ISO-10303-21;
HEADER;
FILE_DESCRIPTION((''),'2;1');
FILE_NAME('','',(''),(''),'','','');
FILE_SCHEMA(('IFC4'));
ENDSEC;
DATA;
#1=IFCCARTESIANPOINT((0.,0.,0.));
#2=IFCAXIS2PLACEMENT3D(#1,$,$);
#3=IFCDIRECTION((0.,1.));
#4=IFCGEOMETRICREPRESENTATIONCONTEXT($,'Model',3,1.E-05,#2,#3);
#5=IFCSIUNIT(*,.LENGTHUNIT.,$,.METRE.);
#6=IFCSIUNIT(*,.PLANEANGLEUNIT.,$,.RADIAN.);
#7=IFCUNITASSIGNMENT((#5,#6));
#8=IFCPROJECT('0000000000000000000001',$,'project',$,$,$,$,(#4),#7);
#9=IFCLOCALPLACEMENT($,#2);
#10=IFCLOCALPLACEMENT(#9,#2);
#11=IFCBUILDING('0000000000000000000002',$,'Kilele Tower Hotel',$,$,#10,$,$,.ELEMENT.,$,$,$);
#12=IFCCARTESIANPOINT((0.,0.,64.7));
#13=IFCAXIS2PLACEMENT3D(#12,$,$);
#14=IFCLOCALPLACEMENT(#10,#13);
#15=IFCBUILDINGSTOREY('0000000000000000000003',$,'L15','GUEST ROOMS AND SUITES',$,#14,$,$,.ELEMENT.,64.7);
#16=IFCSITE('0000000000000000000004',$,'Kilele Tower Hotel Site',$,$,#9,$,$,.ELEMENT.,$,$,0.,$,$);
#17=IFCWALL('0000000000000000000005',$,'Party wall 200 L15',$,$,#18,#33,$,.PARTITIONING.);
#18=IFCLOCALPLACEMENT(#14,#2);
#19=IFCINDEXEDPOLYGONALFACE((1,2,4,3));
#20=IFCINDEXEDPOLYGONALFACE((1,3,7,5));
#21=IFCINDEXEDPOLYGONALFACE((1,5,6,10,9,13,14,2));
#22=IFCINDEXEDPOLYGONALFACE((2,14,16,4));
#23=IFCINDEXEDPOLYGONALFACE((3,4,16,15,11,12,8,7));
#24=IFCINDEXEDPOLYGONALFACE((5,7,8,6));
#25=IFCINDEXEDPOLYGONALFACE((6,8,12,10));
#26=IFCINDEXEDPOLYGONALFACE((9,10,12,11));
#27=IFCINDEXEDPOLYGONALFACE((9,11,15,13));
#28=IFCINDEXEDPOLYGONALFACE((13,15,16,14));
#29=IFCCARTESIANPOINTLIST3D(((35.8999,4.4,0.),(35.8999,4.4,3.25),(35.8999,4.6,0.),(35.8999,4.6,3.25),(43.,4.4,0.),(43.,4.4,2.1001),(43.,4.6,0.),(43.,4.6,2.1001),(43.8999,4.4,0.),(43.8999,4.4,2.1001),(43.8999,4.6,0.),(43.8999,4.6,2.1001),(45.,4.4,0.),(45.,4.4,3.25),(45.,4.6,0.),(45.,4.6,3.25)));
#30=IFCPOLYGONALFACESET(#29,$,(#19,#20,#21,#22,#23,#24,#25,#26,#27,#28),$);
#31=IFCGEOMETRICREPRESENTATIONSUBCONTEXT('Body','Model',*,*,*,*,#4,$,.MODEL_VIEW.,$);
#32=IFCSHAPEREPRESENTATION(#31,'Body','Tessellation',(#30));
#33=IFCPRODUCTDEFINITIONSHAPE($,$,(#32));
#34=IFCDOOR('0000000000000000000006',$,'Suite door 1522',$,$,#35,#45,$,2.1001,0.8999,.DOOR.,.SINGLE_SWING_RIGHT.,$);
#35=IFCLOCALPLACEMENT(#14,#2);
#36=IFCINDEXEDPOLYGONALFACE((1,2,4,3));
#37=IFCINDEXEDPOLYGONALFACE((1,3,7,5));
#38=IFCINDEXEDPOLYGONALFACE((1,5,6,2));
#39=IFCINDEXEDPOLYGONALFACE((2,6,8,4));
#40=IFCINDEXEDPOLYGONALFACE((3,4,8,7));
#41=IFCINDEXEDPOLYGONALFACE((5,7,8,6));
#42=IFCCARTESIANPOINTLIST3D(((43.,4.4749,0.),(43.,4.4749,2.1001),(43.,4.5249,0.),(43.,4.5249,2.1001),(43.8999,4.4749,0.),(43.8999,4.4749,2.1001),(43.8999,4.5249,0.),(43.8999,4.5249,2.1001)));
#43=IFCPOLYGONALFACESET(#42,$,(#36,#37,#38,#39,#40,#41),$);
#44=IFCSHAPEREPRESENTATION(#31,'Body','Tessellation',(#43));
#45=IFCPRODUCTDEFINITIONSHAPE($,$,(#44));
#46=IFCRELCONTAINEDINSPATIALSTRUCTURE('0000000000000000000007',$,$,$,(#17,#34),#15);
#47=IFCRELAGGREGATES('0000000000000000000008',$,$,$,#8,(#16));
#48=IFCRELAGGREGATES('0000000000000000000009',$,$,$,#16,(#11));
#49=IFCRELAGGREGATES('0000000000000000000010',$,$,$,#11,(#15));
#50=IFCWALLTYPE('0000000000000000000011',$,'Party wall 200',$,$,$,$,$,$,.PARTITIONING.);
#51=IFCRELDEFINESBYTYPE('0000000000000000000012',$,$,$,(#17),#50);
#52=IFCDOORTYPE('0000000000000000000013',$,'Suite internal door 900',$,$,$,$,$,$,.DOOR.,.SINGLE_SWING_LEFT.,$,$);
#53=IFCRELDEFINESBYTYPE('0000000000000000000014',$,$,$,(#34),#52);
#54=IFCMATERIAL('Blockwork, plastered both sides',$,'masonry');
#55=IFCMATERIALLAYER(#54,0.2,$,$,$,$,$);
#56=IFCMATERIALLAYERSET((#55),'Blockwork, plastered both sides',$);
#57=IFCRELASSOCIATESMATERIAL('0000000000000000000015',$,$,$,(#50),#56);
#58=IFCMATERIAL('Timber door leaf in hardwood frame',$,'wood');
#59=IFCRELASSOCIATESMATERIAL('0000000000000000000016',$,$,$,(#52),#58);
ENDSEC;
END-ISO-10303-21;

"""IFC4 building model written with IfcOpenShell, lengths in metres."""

from ifc_helpers import new_model, si_unit, direction, frame, frame_2d, origin, place, context, subcontext, project, spatial, rectangle, extrude, material, layer, layer_set, type_object, element, fill, save


model = new_model("IFC4")

# Units and contexts
model_context = context("Model", 3, precision=1e-05, world=origin(), true_north=direction((0.0, 1.0)))
body_context = subcontext(model_context, "Body", "Model", "MODEL_VIEW")
ifc_project = project(units=[si_unit("LENGTHUNIT", "METRE"), si_unit("PLANEANGLEUNIT", "RADIAN")], contexts=[model_context])

# Site, building, storey
site_placement = place(None, origin())
site = spatial("IfcSite", under=ifc_project, at=site_placement, Name="Kilele Tower Hotel Site", CompositionType="ELEMENT", RefElevation=0.0)
building_placement = place(site_placement, origin())
building = spatial("IfcBuilding", under=site, at=building_placement, Name="Kilele Tower Hotel", CompositionType="ELEMENT")
storey_placement = place(building_placement, frame((0.0, 0.0, 64.7)))
storey = spatial("IfcBuildingStorey", under=building, at=storey_placement, Name="L15", Description="GUEST ROOMS AND SUITES", CompositionType="ELEMENT", Elevation=64.7)

# Wall, opening, door
ifc_material_1 = material(Name="Blockwork, plastered both sides", Category="masonry")
ifc_layer_1 = layer(ifc_material_1, 0.2)
ifc_layer_set_1 = layer_set([ifc_layer_1], Name="Blockwork, plastered both sides")
wall_type_1 = type_object("IfcWallType", Name="Party wall 200", PredefinedType="PARTITIONING", material=ifc_layer_set_1)
wall_1_placement = place(storey_placement, frame((35.8999, 4.5, 0.0), z_axis=(0.0, 0.0, 1.0), x_axis=(1.0, 0.0, 0.0)))
wall_1 = element("IfcWall", 1, at=wall_1_placement, inside=storey, type_object=wall_type_1, Name="Party wall 200 L15", PredefinedType="PARTITIONING", context=body_context, shape_type="SweptSolid", body=[
    extrude(rectangle(XDim=9.1001, YDim=0.2, at=frame_2d((4.55, 0.0))), origin(), (0.0, 0.0, 1.0), 3.25),
])
opening_1_placement = place(wall_1_placement, frame((7.1001, 0.0, 0.0)))
opening_1 = element("IfcOpeningElement", 2, at=opening_1_placement, cuts=wall_1, PredefinedType="OPENING", context=body_context, shape_type="SweptSolid", body=[
    extrude(rectangle(XDim=0.8999, YDim=2.1001, at=frame_2d((0.45, 1.05))), frame((0.0, 0.1099, 0.0), z_axis=(0.0, -1.0, 0.0), x_axis=(1.0, 0.0, 0.0)), (0.0, 0.0, 1.0), 0.22),
])
ifc_material_2 = material(Name="Timber door leaf in hardwood frame", Category="wood")
door_type_1 = type_object("IfcDoorType", Name="Suite internal door 900", OperationType="SINGLE_SWING_LEFT", PredefinedType="DOOR", material=ifc_material_2)
door_1_placement = place(opening_1_placement, origin())
door_1 = element("IfcDoor", 3, at=door_1_placement, inside=storey, type_object=door_type_1, Name="Suite door 1522", OperationType="SINGLE_SWING_RIGHT", OverallHeight=2.1001, OverallWidth=0.8999, PredefinedType="DOOR", context=body_context, shape_type="SweptSolid", body=[
    extrude(rectangle(XDim=0.8999, YDim=2.1001, at=frame_2d((0.45, 1.05))), frame((0.0, 0.0249, 0.0), z_axis=(0.0, -1.0, 0.0), x_axis=(1.0, 0.0, 0.0)), (0.0, 0.0, 1.0), 0.05),
])
fill(opening_1, door_1)

save(model, "model.ifc")
